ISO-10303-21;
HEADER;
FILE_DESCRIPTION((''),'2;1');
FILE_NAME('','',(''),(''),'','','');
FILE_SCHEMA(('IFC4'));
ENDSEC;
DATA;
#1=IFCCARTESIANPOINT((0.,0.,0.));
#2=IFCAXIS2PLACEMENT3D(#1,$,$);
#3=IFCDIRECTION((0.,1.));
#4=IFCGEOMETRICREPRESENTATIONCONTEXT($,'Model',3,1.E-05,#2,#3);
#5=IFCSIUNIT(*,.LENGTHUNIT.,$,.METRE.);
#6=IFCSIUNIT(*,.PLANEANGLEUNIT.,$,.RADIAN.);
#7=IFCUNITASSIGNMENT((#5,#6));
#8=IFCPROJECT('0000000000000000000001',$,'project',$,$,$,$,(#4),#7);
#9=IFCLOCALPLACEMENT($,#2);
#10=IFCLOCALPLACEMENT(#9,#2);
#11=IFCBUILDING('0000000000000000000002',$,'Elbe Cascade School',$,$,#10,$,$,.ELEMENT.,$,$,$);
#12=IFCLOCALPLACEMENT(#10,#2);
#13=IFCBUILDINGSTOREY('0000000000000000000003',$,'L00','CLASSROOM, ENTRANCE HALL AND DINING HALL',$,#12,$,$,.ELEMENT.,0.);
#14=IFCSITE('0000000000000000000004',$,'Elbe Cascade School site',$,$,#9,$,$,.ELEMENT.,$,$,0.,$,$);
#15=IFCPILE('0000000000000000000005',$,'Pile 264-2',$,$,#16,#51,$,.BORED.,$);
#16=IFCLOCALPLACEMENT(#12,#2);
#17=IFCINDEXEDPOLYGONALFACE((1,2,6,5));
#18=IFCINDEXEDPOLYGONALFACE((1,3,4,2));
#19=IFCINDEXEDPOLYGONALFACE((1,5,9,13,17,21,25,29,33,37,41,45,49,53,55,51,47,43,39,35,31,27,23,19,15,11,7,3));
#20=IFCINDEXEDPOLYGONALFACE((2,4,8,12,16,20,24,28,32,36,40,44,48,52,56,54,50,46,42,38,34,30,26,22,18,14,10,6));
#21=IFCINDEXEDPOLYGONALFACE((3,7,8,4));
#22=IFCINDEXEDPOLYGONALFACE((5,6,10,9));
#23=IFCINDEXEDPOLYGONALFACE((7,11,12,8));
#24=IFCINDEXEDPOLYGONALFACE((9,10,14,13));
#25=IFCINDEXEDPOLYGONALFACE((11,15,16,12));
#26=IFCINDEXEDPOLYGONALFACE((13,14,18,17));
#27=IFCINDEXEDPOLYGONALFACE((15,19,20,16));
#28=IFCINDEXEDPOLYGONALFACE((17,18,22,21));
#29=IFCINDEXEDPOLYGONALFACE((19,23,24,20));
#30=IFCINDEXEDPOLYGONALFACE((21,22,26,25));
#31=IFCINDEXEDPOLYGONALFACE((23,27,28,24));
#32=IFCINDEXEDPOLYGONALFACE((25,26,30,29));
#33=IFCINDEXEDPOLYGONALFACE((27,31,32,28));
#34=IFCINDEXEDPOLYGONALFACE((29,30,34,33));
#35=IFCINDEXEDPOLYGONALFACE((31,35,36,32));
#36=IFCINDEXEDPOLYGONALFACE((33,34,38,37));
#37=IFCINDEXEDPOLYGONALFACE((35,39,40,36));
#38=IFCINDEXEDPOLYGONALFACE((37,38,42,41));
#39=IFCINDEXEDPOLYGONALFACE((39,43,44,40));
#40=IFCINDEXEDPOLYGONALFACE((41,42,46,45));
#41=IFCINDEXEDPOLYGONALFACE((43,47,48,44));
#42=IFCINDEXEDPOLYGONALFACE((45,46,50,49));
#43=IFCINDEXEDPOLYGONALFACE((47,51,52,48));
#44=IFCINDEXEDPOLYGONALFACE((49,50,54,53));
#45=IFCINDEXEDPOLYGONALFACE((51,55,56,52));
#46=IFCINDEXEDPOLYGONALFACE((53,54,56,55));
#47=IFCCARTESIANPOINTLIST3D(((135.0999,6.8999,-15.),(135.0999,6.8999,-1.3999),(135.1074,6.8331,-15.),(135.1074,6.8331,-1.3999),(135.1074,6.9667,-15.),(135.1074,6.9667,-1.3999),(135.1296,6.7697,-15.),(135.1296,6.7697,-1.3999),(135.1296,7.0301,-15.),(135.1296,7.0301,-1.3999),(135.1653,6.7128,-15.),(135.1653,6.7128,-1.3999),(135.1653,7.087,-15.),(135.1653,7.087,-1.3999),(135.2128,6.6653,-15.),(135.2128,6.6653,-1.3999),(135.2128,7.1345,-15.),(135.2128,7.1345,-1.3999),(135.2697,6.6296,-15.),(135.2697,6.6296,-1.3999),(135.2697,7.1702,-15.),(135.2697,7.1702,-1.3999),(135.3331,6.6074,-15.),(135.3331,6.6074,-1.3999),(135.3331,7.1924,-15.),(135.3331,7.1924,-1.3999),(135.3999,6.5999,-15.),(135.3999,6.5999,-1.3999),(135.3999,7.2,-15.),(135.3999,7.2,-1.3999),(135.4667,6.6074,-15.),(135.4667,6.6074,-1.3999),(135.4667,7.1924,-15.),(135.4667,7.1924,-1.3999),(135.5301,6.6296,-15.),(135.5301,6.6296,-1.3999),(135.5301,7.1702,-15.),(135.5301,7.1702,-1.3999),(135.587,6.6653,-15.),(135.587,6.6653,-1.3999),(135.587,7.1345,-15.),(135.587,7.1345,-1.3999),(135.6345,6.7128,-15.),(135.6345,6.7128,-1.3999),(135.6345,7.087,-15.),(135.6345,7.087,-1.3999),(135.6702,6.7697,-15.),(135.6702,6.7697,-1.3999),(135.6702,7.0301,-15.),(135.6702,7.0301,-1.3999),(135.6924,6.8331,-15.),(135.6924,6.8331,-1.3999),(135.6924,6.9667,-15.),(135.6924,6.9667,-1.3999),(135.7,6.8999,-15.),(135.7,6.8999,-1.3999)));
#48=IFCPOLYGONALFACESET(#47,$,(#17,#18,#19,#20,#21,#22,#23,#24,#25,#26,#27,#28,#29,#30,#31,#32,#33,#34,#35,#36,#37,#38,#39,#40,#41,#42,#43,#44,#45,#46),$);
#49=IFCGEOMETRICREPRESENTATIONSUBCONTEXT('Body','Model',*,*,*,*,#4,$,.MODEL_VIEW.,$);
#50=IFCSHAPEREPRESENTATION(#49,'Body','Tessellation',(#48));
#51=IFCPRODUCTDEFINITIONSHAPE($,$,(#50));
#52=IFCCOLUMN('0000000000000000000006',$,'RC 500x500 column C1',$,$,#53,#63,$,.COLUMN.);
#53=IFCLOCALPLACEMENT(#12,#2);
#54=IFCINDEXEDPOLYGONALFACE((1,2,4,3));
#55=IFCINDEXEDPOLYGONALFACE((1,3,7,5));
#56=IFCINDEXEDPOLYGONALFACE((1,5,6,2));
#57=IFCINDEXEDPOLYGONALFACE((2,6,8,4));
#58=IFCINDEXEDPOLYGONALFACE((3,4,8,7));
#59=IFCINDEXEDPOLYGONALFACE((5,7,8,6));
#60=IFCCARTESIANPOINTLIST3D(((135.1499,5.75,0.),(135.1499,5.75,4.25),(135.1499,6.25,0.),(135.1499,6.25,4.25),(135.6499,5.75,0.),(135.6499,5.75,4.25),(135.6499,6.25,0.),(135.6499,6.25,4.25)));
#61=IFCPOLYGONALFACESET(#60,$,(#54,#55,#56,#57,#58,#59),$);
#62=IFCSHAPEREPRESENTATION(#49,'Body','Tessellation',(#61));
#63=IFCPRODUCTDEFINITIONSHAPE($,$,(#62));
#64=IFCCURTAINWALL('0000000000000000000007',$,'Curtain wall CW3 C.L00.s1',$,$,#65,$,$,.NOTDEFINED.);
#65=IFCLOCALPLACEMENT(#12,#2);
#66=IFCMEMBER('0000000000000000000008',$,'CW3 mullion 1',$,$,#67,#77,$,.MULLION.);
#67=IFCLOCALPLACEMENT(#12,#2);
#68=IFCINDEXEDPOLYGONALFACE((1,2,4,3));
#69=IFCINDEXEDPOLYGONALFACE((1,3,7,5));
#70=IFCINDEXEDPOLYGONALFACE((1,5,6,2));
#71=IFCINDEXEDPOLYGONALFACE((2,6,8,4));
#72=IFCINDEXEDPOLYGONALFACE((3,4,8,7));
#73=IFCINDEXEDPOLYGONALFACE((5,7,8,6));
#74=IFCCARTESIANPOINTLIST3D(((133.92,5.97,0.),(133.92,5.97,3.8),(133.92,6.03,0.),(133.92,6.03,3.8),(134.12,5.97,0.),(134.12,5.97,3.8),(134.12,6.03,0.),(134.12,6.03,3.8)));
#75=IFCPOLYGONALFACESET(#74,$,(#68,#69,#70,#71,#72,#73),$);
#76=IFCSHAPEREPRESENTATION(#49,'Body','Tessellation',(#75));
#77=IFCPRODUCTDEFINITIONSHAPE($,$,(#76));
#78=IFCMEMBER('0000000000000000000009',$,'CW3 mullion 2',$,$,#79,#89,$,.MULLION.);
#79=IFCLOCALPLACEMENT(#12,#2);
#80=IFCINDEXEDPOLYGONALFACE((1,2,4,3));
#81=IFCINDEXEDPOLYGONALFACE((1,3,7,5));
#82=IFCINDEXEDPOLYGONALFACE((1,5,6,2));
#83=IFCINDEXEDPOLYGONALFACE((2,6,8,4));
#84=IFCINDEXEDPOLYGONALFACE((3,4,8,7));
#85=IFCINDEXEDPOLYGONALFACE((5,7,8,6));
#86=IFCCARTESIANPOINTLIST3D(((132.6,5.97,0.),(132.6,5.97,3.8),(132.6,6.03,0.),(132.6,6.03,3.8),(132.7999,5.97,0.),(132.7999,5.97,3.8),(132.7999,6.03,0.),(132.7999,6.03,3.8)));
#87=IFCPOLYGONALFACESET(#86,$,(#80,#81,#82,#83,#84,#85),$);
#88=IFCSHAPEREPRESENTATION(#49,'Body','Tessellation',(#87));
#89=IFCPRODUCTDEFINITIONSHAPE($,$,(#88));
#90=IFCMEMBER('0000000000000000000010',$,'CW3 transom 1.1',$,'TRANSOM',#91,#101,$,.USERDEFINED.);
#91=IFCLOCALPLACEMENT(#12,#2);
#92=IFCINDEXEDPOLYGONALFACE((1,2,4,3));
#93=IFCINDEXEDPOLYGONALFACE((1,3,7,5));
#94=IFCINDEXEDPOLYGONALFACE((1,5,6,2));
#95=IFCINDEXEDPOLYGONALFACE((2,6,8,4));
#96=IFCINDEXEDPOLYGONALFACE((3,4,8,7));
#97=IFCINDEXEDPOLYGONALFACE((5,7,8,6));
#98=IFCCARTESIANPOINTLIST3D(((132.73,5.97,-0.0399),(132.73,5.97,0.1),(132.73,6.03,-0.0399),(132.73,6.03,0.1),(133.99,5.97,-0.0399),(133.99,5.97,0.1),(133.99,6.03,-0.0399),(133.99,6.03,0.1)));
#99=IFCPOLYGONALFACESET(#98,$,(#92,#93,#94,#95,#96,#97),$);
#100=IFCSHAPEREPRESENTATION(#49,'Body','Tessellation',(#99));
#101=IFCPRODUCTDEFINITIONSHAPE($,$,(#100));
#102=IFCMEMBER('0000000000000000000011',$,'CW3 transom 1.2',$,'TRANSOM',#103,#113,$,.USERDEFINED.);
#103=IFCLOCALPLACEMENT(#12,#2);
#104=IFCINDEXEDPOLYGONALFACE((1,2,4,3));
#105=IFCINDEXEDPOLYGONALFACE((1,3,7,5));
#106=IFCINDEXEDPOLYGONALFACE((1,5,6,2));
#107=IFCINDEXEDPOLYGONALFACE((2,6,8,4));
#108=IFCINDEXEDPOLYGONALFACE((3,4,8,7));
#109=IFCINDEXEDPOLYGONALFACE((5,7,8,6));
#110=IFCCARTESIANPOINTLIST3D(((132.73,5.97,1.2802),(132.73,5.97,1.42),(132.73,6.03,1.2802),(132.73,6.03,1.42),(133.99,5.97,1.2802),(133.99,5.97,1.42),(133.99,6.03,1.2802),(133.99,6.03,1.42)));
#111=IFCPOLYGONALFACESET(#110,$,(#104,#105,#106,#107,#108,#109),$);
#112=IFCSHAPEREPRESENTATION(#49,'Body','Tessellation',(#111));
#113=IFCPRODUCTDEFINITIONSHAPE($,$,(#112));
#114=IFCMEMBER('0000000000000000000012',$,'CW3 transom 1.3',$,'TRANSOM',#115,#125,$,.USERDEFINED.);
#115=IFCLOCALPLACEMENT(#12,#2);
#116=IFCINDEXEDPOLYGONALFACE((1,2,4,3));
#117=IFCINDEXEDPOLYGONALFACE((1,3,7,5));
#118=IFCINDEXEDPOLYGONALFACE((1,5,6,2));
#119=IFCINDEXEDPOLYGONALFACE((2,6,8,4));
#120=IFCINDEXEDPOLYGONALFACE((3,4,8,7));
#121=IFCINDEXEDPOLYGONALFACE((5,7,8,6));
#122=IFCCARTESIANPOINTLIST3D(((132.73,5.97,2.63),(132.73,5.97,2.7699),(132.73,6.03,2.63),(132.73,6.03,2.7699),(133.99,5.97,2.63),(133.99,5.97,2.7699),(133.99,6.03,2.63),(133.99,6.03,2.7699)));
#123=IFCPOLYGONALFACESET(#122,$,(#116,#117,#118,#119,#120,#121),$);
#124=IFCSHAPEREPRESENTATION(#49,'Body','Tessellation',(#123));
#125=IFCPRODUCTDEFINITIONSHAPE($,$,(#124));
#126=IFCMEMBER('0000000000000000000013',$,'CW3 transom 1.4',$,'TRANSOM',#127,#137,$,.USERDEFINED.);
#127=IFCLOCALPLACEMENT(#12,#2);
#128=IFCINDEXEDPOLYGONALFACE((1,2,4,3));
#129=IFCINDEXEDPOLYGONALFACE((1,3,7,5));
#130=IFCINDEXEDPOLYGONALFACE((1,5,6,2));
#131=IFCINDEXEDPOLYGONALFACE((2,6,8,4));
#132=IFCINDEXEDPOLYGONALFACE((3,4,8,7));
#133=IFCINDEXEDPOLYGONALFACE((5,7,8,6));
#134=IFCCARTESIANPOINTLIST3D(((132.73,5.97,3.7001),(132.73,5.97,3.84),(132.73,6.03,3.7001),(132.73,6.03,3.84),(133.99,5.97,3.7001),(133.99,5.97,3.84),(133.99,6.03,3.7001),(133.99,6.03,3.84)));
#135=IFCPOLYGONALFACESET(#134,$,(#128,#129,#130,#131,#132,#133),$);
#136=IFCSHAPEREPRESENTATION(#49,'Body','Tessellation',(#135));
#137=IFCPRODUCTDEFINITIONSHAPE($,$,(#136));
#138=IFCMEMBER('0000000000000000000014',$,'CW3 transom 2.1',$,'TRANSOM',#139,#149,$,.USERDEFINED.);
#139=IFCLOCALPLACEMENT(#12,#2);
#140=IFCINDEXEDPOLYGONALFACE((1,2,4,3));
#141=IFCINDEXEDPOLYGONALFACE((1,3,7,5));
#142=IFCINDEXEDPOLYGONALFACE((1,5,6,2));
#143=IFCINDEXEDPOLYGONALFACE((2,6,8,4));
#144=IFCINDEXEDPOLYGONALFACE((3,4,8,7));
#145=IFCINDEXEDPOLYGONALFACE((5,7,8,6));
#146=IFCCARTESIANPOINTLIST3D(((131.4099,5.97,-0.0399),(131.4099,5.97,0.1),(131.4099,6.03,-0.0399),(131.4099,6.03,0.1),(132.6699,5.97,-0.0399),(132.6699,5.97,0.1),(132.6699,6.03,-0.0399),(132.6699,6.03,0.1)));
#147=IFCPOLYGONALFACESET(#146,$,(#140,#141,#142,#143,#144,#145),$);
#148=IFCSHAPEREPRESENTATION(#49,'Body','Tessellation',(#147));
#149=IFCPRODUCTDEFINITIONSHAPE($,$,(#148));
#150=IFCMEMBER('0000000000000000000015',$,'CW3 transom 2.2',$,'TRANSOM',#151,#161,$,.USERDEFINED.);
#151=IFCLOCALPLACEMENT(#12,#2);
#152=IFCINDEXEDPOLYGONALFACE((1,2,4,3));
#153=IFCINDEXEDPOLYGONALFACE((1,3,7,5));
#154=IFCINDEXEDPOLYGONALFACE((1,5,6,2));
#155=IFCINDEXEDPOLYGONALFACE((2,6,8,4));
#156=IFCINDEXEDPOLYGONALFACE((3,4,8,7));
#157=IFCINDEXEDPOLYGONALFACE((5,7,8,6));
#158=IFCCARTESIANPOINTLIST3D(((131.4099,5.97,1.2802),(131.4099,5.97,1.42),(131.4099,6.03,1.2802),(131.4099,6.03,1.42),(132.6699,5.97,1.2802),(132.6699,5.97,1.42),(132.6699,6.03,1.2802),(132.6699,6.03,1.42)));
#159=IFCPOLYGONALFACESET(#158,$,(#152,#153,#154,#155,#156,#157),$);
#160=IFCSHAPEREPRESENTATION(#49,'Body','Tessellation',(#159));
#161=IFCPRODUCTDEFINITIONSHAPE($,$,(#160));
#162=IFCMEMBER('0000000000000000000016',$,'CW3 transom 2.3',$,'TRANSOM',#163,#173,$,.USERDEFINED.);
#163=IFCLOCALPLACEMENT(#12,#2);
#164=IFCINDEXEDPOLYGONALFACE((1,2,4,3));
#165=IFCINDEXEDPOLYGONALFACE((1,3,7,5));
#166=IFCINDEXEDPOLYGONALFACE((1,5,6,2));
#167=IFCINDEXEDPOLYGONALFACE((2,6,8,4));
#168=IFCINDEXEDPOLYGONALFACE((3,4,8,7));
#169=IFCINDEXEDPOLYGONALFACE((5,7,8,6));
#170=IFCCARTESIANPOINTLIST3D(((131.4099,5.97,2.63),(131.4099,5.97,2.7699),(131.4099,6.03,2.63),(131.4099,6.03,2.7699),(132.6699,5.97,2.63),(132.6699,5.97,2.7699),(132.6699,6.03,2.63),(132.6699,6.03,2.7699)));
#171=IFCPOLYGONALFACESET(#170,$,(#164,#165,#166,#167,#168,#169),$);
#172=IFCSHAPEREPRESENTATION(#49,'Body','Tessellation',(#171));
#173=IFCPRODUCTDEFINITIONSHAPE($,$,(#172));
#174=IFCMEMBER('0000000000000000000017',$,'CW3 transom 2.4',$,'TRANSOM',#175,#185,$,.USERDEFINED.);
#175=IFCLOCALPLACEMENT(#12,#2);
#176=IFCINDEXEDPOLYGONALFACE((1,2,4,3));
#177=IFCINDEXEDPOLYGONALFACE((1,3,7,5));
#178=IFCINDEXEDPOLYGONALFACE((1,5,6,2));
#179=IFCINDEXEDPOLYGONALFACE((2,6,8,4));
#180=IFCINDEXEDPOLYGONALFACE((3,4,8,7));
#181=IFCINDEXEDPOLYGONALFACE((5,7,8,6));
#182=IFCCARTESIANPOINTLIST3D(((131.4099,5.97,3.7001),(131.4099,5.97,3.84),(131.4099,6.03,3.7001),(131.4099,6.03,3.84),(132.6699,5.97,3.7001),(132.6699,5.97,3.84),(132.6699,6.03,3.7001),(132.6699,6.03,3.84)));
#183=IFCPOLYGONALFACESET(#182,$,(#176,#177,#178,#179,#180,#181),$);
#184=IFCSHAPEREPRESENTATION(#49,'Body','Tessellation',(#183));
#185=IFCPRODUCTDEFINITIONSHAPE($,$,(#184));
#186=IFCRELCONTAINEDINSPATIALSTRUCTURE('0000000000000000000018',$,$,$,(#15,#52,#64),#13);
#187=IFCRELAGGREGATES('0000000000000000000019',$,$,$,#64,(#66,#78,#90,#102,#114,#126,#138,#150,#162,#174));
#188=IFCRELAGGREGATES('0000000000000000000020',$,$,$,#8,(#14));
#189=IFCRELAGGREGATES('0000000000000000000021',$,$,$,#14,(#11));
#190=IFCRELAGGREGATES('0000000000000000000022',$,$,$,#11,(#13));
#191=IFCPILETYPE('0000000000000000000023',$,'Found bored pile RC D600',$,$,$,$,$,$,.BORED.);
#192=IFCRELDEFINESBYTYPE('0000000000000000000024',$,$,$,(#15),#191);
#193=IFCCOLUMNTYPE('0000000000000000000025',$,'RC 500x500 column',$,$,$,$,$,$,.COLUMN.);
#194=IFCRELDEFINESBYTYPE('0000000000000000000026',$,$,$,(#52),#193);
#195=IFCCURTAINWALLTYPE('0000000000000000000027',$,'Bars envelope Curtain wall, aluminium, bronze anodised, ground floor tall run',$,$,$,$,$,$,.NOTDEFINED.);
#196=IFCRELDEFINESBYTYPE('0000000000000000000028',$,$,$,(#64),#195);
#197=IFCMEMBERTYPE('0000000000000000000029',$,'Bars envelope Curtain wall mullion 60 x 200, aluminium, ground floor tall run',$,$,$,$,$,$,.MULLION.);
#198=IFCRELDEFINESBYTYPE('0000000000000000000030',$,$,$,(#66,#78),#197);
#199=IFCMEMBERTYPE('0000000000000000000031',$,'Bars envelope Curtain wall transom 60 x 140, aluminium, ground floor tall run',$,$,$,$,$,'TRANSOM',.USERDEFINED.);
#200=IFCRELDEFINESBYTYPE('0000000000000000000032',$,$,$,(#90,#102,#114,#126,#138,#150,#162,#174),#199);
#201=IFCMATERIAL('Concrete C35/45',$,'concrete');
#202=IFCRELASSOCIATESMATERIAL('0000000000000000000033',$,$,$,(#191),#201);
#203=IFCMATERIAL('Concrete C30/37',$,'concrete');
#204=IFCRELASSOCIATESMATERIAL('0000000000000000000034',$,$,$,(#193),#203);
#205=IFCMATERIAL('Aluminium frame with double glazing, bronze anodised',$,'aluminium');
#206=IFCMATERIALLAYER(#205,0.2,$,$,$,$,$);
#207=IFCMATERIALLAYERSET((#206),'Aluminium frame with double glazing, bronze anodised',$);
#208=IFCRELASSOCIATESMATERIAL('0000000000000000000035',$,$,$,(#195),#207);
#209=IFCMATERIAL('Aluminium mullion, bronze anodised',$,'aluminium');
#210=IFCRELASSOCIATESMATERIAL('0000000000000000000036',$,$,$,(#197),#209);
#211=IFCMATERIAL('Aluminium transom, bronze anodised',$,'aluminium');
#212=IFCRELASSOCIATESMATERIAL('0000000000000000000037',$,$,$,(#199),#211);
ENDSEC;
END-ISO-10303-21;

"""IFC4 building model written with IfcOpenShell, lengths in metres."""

from ifc_helpers import new_model, si_unit, direction, frame, origin, origin_2d, place, context, subcontext, project, spatial, rectangle, circle, extrude, material, layer, layer_set, material_profile, profile_set, type_object, element, aggregate, save


model = new_model("IFC4")

# Units and contexts
model_context = context("Model", 3, precision=1e-05, world=origin(), true_north=direction((0.0, 1.0)))
body_context = subcontext(model_context, "Body", "Model", "MODEL_VIEW")
ifc_project = project(units=[si_unit("LENGTHUNIT", "METRE"), si_unit("PLANEANGLEUNIT", "RADIAN")], contexts=[model_context])

# Site, building, storey
site_placement = place(None, origin())
site = spatial("IfcSite", under=ifc_project, at=site_placement, Name="Elbe Cascade School site", CompositionType="ELEMENT", RefElevation=0.0)
building_placement = place(site_placement, origin())
building = spatial("IfcBuilding", under=site, at=building_placement, Name="Elbe Cascade School", CompositionType="ELEMENT")
storey_placement = place(building_placement, origin())
storey = spatial("IfcBuildingStorey", under=building, at=storey_placement, Name="L00", Description="CLASSROOM, ENTRANCE HALL AND DINING HALL", CompositionType="ELEMENT", Elevation=0.0)

# Pile
ifc_material_1 = material(Name="Concrete C35/45", Category="concrete")
ifc_material_profile_1 = material_profile(ifc_material_1, circle(Radius=0.3, at=origin_2d()), Name="RC D600")
ifc_profile_set_1 = profile_set([ifc_material_profile_1], Name="Concrete C35/45")
pile_type = type_object("IfcPileType", Name="Found bored pile RC D600", PredefinedType="BORED", material=ifc_profile_set_1)
pile_placement = place(storey_placement, frame((135.3999, 6.8999, -1.3999), z_axis=(0.0, 0.0, -1.0), x_axis=(1.0, 0.0, 0.0)))
element("IfcPile", 1, at=pile_placement, inside=storey, type_object=pile_type, Name="Pile 264-2", PredefinedType="BORED", context=body_context, shape_type="SweptSolid", body=[
    extrude(circle(Radius=0.3, at=origin_2d()), origin(), (0.0, 0.0, 1.0), 13.6001),
])

# Column
ifc_material_2 = material(Name="Concrete C30/37", Category="concrete")
ifc_material_profile_2 = material_profile(ifc_material_2, rectangle(XDim=0.5, YDim=0.5, at=origin_2d()), Name="RC 500x500")
ifc_profile_set_2 = profile_set([ifc_material_profile_2], Name="Concrete C30/37")
column_type = type_object("IfcColumnType", Name="RC 500x500 column", PredefinedType="COLUMN", material=ifc_profile_set_2)
column_placement = place(storey_placement, frame((135.3999, 6.0, 0.0), z_axis=(0.0, 0.0, 1.0), x_axis=(1.0, 0.0, 0.0)))
element("IfcColumn", 2, at=column_placement, inside=storey, type_object=column_type, Name="RC 500x500 column C1", PredefinedType="COLUMN", context=body_context, shape_type="SweptSolid", body=[
    extrude(rectangle(XDim=0.5, YDim=0.5, at=origin_2d()), origin(), (0.0, 0.0, 1.0), 4.25),
])

# Curtain wall, members
ifc_material_3 = material(Name="Aluminium frame with double glazing, bronze anodised", Category="aluminium")
ifc_layer_1 = layer(ifc_material_3, 0.2)
ifc_layer_set_1 = layer_set([ifc_layer_1], Name="Aluminium frame with double glazing, bronze anodised")
curtain_wall_type = type_object("IfcCurtainWallType", Name="Bars envelope Curtain wall, aluminium, bronze anodised, ground floor tall run", PredefinedType="NOTDEFINED", material=ifc_layer_set_1)
curtain_wall_placement = place(storey_placement, origin())
curtain_wall = element("IfcCurtainWall", 3, at=curtain_wall_placement, inside=storey, type_object=curtain_wall_type, Name="Curtain wall CW3 C.L00.s1", PredefinedType="NOTDEFINED")
ifc_material_4 = material(Name="Aluminium mullion, bronze anodised", Category="aluminium")
ifc_material_profile_3 = material_profile(ifc_material_4, rectangle(XDim=0.0601, YDim=0.2, at=origin_2d()), Name="Bars envelope Curtain wall mullion 60 x 200, aluminium, ground floor tall run")
ifc_profile_set_3 = profile_set([ifc_material_profile_3], Name="Aluminium mullion, bronze anodised")
member_type_1 = type_object("IfcMemberType", Name="Bars envelope Curtain wall mullion 60 x 200, aluminium, ground floor tall run", PredefinedType="MULLION", material=ifc_profile_set_3)
member_1_placement = place(storey_placement, frame((134.02, 6.0, 0.0), z_axis=(0.0, 0.0, 1.0), x_axis=(0.0, -1.0, 0.0)))
member_1 = element("IfcMember", 4, at=member_1_placement, type_object=member_type_1, Name="CW3 mullion 1", PredefinedType="MULLION", context=body_context, shape_type="SweptSolid", body=[
    extrude(rectangle(XDim=0.0601, YDim=0.2, at=origin_2d()), origin(), (0.0, 0.0, 1.0), 3.8),
])
member_2_placement = place(storey_placement, frame((132.7, 6.0, 0.0), z_axis=(0.0, 0.0, 1.0), x_axis=(0.0, -1.0, 0.0)))
member_2 = element("IfcMember", 5, at=member_2_placement, type_object=member_type_1, Name="CW3 mullion 2", PredefinedType="MULLION", context=body_context, shape_type="SweptSolid", body=[
    extrude(rectangle(XDim=0.0601, YDim=0.2, at=origin_2d()), origin(), (0.0, 0.0, 1.0), 3.8),
])
ifc_material_5 = material(Name="Aluminium transom, bronze anodised", Category="aluminium")
ifc_material_profile_4 = material_profile(ifc_material_5, rectangle(XDim=0.0601, YDim=0.1399, at=origin_2d()), Name="Bars envelope Curtain wall transom 60 x 140, aluminium, ground floor tall run")
ifc_profile_set_4 = profile_set([ifc_material_profile_4], Name="Aluminium transom, bronze anodised")
member_type_2 = type_object("IfcMemberType", Name="Bars envelope Curtain wall transom 60 x 140, aluminium, ground floor tall run", ElementType="TRANSOM", PredefinedType="USERDEFINED", material=ifc_profile_set_4)
member_3_placement = place(storey_placement, frame((133.99, 6.0, 0.03), z_axis=(-1.0, 0.0, 0.0), x_axis=(0.0, -1.0, 0.0)))
member_3 = element("IfcMember", 6, at=member_3_placement, type_object=member_type_2, Name="CW3 transom 1.1", ObjectType="TRANSOM", PredefinedType="USERDEFINED", context=body_context, shape_type="SweptSolid", body=[
    extrude(rectangle(XDim=0.0601, YDim=0.1399, at=origin_2d()), origin(), (0.0, 0.0, 1.0), 1.26),
])
member_4_placement = place(storey_placement, frame((133.99, 6.0, 1.3501), z_axis=(-1.0, 0.0, 0.0), x_axis=(0.0, -1.0, 0.0)))
member_4 = element("IfcMember", 7, at=member_4_placement, type_object=member_type_2, Name="CW3 transom 1.2", ObjectType="TRANSOM", PredefinedType="USERDEFINED", context=body_context, shape_type="SweptSolid", body=[
    extrude(rectangle(XDim=0.0601, YDim=0.1399, at=origin_2d()), origin(), (0.0, 0.0, 1.0), 1.26),
])
member_5_placement = place(storey_placement, frame((133.99, 6.0, 2.7), z_axis=(-1.0, 0.0, 0.0), x_axis=(0.0, -1.0, 0.0)))
member_5 = element("IfcMember", 8, at=member_5_placement, type_object=member_type_2, Name="CW3 transom 1.3", ObjectType="TRANSOM", PredefinedType="USERDEFINED", context=body_context, shape_type="SweptSolid", body=[
    extrude(rectangle(XDim=0.0601, YDim=0.1399, at=origin_2d()), origin(), (0.0, 0.0, 1.0), 1.26),
])
member_6_placement = place(storey_placement, frame((133.99, 6.0, 3.77), z_axis=(-1.0, 0.0, 0.0), x_axis=(0.0, -1.0, 0.0)))
member_6 = element("IfcMember", 9, at=member_6_placement, type_object=member_type_2, Name="CW3 transom 1.4", ObjectType="TRANSOM", PredefinedType="USERDEFINED", context=body_context, shape_type="SweptSolid", body=[
    extrude(rectangle(XDim=0.0601, YDim=0.1399, at=origin_2d()), origin(), (0.0, 0.0, 1.0), 1.26),
])
member_7_placement = place(storey_placement, frame((132.6699, 6.0, 0.03), z_axis=(-1.0, 0.0, 0.0), x_axis=(0.0, -1.0, 0.0)))
member_7 = element("IfcMember", 10, at=member_7_placement, type_object=member_type_2, Name="CW3 transom 2.1", ObjectType="TRANSOM", PredefinedType="USERDEFINED", context=body_context, shape_type="SweptSolid", body=[
    extrude(rectangle(XDim=0.0601, YDim=0.1399, at=origin_2d()), origin(), (0.0, 0.0, 1.0), 1.26),
])
member_8_placement = place(storey_placement, frame((132.6699, 6.0, 1.3501), z_axis=(-1.0, 0.0, 0.0), x_axis=(0.0, -1.0, 0.0)))
member_8 = element("IfcMember", 11, at=member_8_placement, type_object=member_type_2, Name="CW3 transom 2.2", ObjectType="TRANSOM", PredefinedType="USERDEFINED", context=body_context, shape_type="SweptSolid", body=[
    extrude(rectangle(XDim=0.0601, YDim=0.1399, at=origin_2d()), origin(), (0.0, 0.0, 1.0), 1.26),
])
member_9_placement = place(storey_placement, frame((132.6699, 6.0, 2.7), z_axis=(-1.0, 0.0, 0.0), x_axis=(0.0, -1.0, 0.0)))
member_9 = element("IfcMember", 12, at=member_9_placement, type_object=member_type_2, Name="CW3 transom 2.3", ObjectType="TRANSOM", PredefinedType="USERDEFINED", context=body_context, shape_type="SweptSolid", body=[
    extrude(rectangle(XDim=0.0601, YDim=0.1399, at=origin_2d()), origin(), (0.0, 0.0, 1.0), 1.26),
])
member_10_placement = place(storey_placement, frame((132.6699, 6.0, 3.77), z_axis=(-1.0, 0.0, 0.0), x_axis=(0.0, -1.0, 0.0)))
member_10 = element("IfcMember", 13, at=member_10_placement, type_object=member_type_2, Name="CW3 transom 2.4", ObjectType="TRANSOM", PredefinedType="USERDEFINED", context=body_context, shape_type="SweptSolid", body=[
    extrude(rectangle(XDim=0.0601, YDim=0.1399, at=origin_2d()), origin(), (0.0, 0.0, 1.0), 1.26),
])

aggregate(curtain_wall, [member_1, member_2, member_3, member_4, member_5, member_6, member_7, member_8, member_9, member_10])

save(model, "model.ifc")
